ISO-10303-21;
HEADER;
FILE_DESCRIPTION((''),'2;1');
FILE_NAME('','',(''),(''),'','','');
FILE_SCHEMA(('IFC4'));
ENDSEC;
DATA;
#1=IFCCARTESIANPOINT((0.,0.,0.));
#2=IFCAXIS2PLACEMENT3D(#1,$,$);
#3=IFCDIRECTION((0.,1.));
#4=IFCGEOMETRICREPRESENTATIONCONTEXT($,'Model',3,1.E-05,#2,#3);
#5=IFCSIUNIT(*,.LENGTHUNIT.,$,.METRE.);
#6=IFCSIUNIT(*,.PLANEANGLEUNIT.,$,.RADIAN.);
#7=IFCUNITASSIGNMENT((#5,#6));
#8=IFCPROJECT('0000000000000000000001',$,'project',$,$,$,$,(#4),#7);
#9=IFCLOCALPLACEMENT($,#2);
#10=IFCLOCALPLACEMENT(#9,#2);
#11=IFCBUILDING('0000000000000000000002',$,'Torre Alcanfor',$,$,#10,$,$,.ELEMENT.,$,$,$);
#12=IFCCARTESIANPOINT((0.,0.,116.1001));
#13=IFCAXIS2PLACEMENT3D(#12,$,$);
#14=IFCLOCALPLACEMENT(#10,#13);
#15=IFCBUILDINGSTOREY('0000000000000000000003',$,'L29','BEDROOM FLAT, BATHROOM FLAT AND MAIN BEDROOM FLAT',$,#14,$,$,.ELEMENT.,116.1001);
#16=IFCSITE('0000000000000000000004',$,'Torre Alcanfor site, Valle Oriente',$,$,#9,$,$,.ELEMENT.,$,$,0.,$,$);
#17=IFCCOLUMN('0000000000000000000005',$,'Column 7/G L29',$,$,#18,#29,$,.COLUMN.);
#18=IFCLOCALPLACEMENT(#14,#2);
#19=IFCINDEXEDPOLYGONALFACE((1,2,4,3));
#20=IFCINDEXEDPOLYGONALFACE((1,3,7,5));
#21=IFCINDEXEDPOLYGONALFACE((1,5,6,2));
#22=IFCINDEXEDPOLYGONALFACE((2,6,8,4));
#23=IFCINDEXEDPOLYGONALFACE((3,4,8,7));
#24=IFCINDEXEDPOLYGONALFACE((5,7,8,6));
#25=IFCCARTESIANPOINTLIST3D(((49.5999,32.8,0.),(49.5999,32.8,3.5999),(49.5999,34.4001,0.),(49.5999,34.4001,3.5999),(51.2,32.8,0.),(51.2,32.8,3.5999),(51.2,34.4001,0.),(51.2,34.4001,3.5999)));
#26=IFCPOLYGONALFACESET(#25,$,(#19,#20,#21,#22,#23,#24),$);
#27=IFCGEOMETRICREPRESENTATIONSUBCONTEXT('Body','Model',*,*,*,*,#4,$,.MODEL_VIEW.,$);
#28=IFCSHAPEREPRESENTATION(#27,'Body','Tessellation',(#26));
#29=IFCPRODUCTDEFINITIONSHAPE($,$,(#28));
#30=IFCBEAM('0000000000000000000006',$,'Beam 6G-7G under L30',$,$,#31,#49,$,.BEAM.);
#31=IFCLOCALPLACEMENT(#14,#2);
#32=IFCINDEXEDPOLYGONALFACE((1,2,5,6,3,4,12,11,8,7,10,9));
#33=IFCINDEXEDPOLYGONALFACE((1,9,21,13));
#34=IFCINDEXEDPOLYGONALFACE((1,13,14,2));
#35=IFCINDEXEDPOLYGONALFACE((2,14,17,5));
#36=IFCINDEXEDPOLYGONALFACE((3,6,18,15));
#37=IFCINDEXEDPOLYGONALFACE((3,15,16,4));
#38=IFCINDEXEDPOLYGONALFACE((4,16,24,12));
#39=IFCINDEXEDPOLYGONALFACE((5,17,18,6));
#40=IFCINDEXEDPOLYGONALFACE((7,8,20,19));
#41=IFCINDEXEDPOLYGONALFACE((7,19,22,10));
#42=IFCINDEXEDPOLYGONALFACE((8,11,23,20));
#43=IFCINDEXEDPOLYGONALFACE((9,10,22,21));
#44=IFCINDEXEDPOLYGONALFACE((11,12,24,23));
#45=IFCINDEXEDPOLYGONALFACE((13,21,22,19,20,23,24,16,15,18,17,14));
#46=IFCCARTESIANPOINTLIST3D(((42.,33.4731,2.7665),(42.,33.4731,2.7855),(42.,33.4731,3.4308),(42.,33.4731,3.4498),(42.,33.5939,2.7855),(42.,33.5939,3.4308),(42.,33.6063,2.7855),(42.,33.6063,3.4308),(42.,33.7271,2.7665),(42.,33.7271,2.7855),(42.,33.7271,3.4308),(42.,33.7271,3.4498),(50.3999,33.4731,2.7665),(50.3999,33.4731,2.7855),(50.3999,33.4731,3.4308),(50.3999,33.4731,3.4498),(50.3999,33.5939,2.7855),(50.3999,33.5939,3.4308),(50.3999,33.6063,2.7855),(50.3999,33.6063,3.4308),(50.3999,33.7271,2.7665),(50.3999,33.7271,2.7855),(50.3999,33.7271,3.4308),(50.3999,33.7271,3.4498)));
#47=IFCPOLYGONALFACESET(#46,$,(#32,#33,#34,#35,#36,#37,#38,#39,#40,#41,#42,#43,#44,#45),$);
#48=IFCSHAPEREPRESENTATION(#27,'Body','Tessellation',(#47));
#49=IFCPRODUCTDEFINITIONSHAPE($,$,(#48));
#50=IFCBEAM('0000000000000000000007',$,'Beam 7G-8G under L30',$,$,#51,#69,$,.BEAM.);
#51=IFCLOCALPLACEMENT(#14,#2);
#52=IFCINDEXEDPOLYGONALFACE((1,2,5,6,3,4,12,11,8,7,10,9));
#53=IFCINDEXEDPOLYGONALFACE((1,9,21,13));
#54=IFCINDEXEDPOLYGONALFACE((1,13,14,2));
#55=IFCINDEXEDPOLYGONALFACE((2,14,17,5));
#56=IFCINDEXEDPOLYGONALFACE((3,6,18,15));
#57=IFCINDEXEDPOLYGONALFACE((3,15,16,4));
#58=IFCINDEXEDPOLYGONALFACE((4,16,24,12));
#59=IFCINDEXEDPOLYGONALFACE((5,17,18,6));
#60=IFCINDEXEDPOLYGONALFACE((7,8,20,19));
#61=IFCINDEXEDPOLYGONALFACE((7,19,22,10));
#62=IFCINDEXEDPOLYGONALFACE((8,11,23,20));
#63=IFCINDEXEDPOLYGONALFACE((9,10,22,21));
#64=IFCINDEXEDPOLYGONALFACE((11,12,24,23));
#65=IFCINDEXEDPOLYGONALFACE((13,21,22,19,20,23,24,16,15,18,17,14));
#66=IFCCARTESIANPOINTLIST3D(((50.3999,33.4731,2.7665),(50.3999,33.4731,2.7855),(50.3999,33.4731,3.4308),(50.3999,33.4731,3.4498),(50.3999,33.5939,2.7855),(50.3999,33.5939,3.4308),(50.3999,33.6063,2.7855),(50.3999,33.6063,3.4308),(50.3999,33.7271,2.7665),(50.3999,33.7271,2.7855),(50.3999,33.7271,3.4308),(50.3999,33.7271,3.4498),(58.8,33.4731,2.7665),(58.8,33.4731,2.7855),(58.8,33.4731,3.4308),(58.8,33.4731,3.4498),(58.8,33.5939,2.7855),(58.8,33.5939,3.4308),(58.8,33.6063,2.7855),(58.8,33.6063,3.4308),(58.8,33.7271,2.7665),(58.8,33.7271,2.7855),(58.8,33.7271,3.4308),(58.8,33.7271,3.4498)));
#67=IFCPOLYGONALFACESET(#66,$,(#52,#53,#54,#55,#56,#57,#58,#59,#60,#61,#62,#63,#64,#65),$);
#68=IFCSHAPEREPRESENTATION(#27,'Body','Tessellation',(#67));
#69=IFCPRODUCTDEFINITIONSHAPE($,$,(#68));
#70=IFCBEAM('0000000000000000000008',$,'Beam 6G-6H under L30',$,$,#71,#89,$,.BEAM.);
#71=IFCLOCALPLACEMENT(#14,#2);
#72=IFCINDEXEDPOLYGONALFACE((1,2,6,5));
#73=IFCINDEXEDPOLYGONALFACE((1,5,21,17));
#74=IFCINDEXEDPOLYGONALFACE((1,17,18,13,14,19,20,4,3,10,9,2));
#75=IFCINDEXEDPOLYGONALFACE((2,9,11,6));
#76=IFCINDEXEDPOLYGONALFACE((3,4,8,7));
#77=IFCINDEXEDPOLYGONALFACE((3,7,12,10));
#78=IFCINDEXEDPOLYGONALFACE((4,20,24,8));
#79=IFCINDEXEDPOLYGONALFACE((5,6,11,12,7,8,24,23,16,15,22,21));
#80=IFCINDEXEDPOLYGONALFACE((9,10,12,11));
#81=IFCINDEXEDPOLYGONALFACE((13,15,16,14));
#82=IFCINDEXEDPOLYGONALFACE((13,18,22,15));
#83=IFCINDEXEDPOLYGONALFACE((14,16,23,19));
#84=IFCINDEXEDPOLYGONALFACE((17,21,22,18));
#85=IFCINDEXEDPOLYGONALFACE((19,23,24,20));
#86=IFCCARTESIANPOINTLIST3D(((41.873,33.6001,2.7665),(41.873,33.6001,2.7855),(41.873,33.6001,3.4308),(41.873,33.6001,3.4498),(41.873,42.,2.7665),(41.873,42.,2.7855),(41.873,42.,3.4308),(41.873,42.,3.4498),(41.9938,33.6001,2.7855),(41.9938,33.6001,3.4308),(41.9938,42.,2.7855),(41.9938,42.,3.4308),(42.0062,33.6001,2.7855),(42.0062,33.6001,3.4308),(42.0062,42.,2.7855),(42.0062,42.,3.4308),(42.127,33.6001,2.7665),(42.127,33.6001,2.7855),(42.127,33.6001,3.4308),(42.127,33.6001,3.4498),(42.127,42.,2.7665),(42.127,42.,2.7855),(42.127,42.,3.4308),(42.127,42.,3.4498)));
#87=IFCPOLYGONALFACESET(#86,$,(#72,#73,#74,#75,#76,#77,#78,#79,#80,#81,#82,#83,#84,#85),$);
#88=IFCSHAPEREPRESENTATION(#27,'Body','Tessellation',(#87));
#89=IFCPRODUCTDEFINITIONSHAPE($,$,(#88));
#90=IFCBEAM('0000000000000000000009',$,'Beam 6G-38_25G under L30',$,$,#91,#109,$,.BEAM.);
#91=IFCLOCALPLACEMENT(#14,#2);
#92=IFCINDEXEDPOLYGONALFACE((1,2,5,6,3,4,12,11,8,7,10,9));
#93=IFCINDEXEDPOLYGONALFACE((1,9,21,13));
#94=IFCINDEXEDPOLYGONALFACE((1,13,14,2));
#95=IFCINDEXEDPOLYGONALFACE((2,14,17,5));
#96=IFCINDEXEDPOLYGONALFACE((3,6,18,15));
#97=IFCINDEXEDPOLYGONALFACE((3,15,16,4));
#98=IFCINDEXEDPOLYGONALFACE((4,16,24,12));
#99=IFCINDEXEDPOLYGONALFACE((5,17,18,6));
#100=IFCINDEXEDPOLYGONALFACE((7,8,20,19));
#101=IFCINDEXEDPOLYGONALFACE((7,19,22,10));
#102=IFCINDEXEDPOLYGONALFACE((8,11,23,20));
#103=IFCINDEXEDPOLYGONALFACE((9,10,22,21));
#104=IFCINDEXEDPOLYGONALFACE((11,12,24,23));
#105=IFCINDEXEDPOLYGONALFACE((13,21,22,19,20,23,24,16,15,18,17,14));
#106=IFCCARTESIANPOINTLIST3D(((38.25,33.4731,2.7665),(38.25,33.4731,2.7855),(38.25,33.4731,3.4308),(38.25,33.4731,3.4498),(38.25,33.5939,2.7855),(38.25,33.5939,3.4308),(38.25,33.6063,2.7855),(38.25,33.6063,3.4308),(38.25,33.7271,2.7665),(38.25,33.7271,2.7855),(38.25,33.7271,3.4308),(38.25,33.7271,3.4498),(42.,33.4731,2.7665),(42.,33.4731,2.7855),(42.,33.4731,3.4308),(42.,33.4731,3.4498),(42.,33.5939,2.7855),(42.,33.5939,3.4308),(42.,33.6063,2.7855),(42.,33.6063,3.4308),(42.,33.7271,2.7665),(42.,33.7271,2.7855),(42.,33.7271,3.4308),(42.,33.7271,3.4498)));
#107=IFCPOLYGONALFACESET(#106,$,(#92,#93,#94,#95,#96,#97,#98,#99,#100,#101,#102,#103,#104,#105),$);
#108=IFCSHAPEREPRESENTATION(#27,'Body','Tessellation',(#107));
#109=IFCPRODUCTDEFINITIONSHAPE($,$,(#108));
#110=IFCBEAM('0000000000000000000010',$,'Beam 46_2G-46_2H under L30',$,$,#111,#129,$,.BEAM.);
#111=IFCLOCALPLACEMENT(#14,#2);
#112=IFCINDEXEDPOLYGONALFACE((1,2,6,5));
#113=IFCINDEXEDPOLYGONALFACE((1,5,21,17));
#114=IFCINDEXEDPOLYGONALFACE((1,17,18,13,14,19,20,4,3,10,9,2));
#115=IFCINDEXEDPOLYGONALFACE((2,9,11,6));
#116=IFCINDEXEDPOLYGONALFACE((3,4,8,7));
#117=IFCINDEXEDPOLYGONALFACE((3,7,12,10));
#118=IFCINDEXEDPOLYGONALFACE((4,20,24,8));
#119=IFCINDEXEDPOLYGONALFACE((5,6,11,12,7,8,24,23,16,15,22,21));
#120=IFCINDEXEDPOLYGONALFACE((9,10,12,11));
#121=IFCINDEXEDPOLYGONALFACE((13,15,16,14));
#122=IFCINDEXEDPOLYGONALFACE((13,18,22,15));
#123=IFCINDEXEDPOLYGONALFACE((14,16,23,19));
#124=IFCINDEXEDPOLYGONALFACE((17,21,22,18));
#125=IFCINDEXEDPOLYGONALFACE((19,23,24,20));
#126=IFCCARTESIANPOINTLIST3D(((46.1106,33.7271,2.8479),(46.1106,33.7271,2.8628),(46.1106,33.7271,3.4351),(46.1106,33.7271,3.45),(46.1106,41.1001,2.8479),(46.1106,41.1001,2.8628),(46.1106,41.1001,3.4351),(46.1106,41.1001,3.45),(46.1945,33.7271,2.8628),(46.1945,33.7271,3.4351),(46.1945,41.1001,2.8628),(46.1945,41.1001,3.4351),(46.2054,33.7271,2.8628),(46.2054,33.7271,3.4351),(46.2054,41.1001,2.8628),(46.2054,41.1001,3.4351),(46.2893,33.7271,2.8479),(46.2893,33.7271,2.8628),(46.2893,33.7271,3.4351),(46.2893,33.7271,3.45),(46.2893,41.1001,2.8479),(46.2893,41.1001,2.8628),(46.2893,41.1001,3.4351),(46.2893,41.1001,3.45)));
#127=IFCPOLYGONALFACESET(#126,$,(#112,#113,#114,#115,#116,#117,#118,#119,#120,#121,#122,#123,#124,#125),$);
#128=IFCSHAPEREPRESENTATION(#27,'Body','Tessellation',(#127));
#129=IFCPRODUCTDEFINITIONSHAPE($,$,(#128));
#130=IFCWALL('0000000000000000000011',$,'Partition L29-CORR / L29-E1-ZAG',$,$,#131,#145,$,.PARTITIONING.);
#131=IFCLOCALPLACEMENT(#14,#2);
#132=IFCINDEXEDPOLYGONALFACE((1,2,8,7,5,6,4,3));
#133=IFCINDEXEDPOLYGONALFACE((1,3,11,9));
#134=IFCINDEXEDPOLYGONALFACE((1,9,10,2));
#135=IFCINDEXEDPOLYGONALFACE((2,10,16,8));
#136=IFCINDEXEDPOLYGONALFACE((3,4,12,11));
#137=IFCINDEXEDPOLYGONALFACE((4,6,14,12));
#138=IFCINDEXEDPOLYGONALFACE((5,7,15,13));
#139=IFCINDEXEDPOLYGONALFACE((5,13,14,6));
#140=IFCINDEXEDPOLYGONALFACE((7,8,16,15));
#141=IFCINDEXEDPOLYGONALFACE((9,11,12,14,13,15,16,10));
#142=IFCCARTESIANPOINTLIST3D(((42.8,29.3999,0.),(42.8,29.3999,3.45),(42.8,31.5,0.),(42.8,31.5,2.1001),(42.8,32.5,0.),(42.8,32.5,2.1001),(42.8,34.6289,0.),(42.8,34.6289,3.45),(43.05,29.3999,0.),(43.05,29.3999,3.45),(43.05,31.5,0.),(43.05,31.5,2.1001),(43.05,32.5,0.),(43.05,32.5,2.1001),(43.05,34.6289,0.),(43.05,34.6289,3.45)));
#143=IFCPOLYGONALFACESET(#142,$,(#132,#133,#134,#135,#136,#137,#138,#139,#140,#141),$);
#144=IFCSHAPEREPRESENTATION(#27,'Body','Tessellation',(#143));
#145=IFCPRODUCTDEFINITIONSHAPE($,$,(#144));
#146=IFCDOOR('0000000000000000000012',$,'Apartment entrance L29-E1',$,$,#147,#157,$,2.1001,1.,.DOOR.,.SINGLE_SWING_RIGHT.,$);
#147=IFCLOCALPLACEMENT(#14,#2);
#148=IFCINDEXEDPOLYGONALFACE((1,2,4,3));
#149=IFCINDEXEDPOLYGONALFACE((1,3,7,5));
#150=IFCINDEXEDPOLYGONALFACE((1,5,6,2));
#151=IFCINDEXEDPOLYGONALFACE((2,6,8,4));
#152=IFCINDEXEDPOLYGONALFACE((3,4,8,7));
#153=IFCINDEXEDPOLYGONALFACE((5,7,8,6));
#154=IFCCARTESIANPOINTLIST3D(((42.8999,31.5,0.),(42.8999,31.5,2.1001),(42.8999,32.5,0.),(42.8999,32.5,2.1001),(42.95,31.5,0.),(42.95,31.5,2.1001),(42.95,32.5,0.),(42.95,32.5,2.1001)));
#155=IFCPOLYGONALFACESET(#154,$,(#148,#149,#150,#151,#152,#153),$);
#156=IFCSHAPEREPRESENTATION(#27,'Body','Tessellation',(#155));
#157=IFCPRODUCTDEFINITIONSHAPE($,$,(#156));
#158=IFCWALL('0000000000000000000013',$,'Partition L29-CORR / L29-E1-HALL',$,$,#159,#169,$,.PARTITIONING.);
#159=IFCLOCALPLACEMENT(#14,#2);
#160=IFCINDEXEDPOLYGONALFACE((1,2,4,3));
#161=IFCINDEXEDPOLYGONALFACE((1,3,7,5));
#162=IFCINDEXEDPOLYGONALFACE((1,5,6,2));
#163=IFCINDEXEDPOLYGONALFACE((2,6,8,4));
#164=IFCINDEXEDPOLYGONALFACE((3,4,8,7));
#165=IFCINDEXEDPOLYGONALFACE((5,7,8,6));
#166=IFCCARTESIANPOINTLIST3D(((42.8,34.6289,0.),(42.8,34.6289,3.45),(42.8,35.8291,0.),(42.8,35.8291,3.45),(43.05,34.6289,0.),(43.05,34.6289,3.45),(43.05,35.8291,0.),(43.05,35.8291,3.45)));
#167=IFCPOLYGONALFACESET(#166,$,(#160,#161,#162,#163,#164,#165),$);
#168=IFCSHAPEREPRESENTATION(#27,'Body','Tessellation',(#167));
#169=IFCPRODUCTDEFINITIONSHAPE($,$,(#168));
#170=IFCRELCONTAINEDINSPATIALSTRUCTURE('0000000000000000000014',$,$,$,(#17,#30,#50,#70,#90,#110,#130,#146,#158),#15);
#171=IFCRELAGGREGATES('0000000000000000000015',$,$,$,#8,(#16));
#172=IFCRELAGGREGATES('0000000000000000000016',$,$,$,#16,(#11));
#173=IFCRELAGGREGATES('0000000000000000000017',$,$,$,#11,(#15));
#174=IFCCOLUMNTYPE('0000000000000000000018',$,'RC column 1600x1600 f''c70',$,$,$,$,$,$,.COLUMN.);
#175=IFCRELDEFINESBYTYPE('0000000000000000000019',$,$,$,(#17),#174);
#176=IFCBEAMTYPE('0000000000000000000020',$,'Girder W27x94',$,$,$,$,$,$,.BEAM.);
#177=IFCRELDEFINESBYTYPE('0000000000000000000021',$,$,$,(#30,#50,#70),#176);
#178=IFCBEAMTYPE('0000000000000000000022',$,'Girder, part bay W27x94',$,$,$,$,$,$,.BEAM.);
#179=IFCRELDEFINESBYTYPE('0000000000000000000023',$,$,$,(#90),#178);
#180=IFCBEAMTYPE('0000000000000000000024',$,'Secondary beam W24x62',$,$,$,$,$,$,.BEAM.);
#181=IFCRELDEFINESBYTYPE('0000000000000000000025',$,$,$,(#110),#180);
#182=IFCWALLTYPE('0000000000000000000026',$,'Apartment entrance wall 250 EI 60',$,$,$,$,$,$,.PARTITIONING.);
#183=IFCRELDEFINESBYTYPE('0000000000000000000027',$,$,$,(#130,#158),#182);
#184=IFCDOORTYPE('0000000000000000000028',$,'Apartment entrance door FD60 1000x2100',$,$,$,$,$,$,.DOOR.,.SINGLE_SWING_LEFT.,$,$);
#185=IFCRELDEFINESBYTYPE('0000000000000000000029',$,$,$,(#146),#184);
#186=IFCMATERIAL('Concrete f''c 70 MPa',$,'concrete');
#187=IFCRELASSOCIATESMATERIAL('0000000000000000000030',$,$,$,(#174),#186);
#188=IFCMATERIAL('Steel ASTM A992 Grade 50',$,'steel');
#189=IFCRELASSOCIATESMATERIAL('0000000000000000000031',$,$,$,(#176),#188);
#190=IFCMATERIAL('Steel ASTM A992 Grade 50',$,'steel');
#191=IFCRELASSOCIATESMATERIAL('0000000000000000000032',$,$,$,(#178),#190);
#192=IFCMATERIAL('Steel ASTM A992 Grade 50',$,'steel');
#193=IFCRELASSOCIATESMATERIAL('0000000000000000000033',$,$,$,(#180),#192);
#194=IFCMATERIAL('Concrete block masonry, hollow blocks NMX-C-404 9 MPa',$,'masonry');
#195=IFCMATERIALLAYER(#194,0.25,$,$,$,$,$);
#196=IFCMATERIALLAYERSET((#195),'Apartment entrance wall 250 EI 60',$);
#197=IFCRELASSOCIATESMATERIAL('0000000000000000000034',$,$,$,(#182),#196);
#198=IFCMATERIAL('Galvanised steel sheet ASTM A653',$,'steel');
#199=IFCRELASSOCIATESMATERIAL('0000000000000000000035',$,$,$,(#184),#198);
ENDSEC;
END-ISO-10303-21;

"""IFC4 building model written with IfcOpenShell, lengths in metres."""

from ifc_helpers import new_model, si_unit, direction, frame, frame_2d, origin, origin_2d, place, context, subcontext, project, spatial, rectangle, i_section, extrude, material, layer, layer_set, material_profile, profile_set, type_object, element, fill, save


model = new_model("IFC4")

# Units and contexts
model_context = context("Model", 3, precision=1e-05, world=origin(), true_north=direction((0.0, 1.0)))
body_context = subcontext(model_context, "Body", "Model", "MODEL_VIEW")
ifc_project = project(units=[si_unit("LENGTHUNIT", "METRE"), si_unit("PLANEANGLEUNIT", "RADIAN")], contexts=[model_context])

# Site, building, storey
site_placement = place(None, origin())
site = spatial("IfcSite", under=ifc_project, at=site_placement, Name="Torre Alcanfor site, Valle Oriente", CompositionType="ELEMENT", RefElevation=0.0)
building_placement = place(site_placement, origin())
building = spatial("IfcBuilding", under=site, at=building_placement, Name="Torre Alcanfor", CompositionType="ELEMENT")
storey_placement = place(building_placement, frame((0.0, 0.0, 116.1001)))
storey = spatial("IfcBuildingStorey", under=building, at=storey_placement, Name="L29", Description="BEDROOM FLAT, BATHROOM FLAT AND MAIN BEDROOM FLAT", CompositionType="ELEMENT", Elevation=116.1001)

# Column
ifc_material_1 = material(Name="Concrete f'c 70 MPa", Category="concrete")
ifc_material_profile_1 = material_profile(ifc_material_1, rectangle(XDim=1.6001, YDim=1.6001, at=origin_2d()), Name="1600x1600")
ifc_profile_set_1 = profile_set([ifc_material_profile_1], Name="Concrete f'c 70 MPa")
column_type = type_object("IfcColumnType", Name="RC column 1600x1600 f'c70", PredefinedType="COLUMN", material=ifc_profile_set_1)
column_placement = place(storey_placement, frame((50.3999, 33.6001, 0.0), z_axis=(0.0, 0.0, 1.0), x_axis=(1.0, 0.0, 0.0)))
element("IfcColumn", 1, at=column_placement, inside=storey, type_object=column_type, Name="Column 7/G L29", PredefinedType="COLUMN", context=body_context, shape_type="SweptSolid", body=[
    extrude(rectangle(XDim=1.6001, YDim=1.6001, at=origin_2d()), origin(), (0.0, 0.0, 1.0), 3.5999),
])

# Beams
ifc_material_2 = material(Name="Steel ASTM A992 Grade 50", Category="steel")
ifc_material_profile_2 = material_profile(ifc_material_2, i_section(OverallWidth=0.2539, OverallDepth=0.6833, WebThickness=0.0125, FlangeThickness=0.019, at=origin_2d()), Name="W27x94")
ifc_profile_set_2 = profile_set([ifc_material_profile_2], Name="Steel ASTM A992 Grade 50")
beam_type_1 = type_object("IfcBeamType", Name="Girder W27x94", PredefinedType="BEAM", material=ifc_profile_set_2)
beam_1_placement = place(storey_placement, frame((42.0, 33.6001, 3.1082), z_axis=(1.0, 0.0, 0.0), x_axis=(0.0, 1.0, 0.0)))
element("IfcBeam", 2, at=beam_1_placement, inside=storey, type_object=beam_type_1, Name="Beam 6G-7G under L30", PredefinedType="BEAM", context=body_context, shape_type="SweptSolid", body=[
    extrude(i_section(OverallWidth=0.2539, OverallDepth=0.6833, WebThickness=0.0125, FlangeThickness=0.019, at=origin_2d()), origin(), (0.0, 0.0, 1.0), 8.3999),
])
beam_2_placement = place(storey_placement, frame((50.3999, 33.6001, 3.1082), z_axis=(1.0, 0.0, 0.0), x_axis=(0.0, 1.0, 0.0)))
element("IfcBeam", 3, at=beam_2_placement, inside=storey, type_object=beam_type_1, Name="Beam 7G-8G under L30", PredefinedType="BEAM", context=body_context, shape_type="SweptSolid", body=[
    extrude(i_section(OverallWidth=0.2539, OverallDepth=0.6833, WebThickness=0.0125, FlangeThickness=0.019, at=origin_2d()), origin(), (0.0, 0.0, 1.0), 8.4001),
])
beam_3_placement = place(storey_placement, frame((42.0, 33.6001, 3.1082), z_axis=(0.0, 1.0, 0.0), x_axis=(-1.0, 0.0, 0.0)))
element("IfcBeam", 4, at=beam_3_placement, inside=storey, type_object=beam_type_1, Name="Beam 6G-6H under L30", PredefinedType="BEAM", context=body_context, shape_type="SweptSolid", body=[
    extrude(i_section(OverallWidth=0.2539, OverallDepth=0.6833, WebThickness=0.0125, FlangeThickness=0.019, at=origin_2d()), origin(), (0.0, 0.0, 1.0), 8.3999),
])
ifc_material_3 = material(Name="Steel ASTM A992 Grade 50", Category="steel")
ifc_material_profile_3 = material_profile(ifc_material_3, i_section(OverallWidth=0.2539, OverallDepth=0.6833, WebThickness=0.0125, FlangeThickness=0.019, at=origin_2d()), Name="W27x94")
ifc_profile_set_3 = profile_set([ifc_material_profile_3], Name="Steel ASTM A992 Grade 50")
beam_type_2 = type_object("IfcBeamType", Name="Girder, part bay W27x94", PredefinedType="BEAM", material=ifc_profile_set_3)
beam_4_placement = place(storey_placement, frame((42.0, 33.6001, 3.1082), z_axis=(-1.0, 0.0, 0.0), x_axis=(0.0, -1.0, 0.0)))
element("IfcBeam", 5, at=beam_4_placement, inside=storey, type_object=beam_type_2, Name="Beam 6G-38_25G under L30", PredefinedType="BEAM", context=body_context, shape_type="SweptSolid", body=[
    extrude(i_section(OverallWidth=0.2539, OverallDepth=0.6833, WebThickness=0.0125, FlangeThickness=0.019, at=origin_2d()), origin(), (0.0, 0.0, 1.0), 3.75),
])
ifc_material_4 = material(Name="Steel ASTM A992 Grade 50", Category="steel")
ifc_material_profile_4 = material_profile(ifc_material_4, i_section(OverallWidth=0.1787, OverallDepth=0.6021, WebThickness=0.011, FlangeThickness=0.0149, at=origin_2d()), Name="W24x62")
ifc_profile_set_4 = profile_set([ifc_material_profile_4], Name="Steel ASTM A992 Grade 50")
beam_type_3 = type_object("IfcBeamType", Name="Secondary beam W24x62", PredefinedType="BEAM", material=ifc_profile_set_4)
beam_5_placement = place(storey_placement, frame((46.2, 33.7271, 3.1489), z_axis=(0.0, 1.0, 0.0), x_axis=(-1.0, 0.0, 0.0)))
element("IfcBeam", 6, at=beam_5_placement, inside=storey, type_object=beam_type_3, Name="Beam 46_2G-46_2H under L30", PredefinedType="BEAM", context=body_context, shape_type="SweptSolid", body=[
    extrude(i_section(OverallWidth=0.1787, OverallDepth=0.6021, WebThickness=0.011, FlangeThickness=0.0149, at=origin_2d()), origin(), (0.0, 0.0, 1.0), 7.373),
])

# Wall, opening, door
ifc_material_5 = material(Name="Concrete block masonry, hollow blocks NMX-C-404 9 MPa", Category="masonry")
ifc_layer_1 = layer(ifc_material_5, 0.25)
ifc_layer_set_1 = layer_set([ifc_layer_1], Name="Apartment entrance wall 250 EI 60")
wall_type_1 = type_object("IfcWallType", Name="Apartment entrance wall 250 EI 60", PredefinedType="PARTITIONING", material=ifc_layer_set_1)
wall_1_placement = place(storey_placement, frame((42.925, 34.6289, 0.0), z_axis=(0.0, 0.0, 1.0), x_axis=(0.0, -1.0, 0.0)))
wall_1 = element("IfcWall", 7, at=wall_1_placement, inside=storey, type_object=wall_type_1, Name="Partition L29-CORR / L29-E1-ZAG", PredefinedType="PARTITIONING", context=body_context, shape_type="SweptSolid", body=[
    extrude(rectangle(XDim=5.229, YDim=0.25, at=frame_2d((2.6145, 0.0))), origin(), (0.0, 0.0, 1.0), 3.45),
])
opening_1_placement = place(wall_1_placement, frame((2.1289, 0.0, 0.0)))
opening_1 = element("IfcOpeningElement", 8, at=opening_1_placement, cuts=wall_1, PredefinedType="OPENING", context=body_context, shape_type="SweptSolid", body=[
    extrude(rectangle(XDim=1.0, YDim=2.1001, at=frame_2d((0.5, 1.05))), frame((0.0, 0.135, 0.0), z_axis=(0.0, -1.0, 0.0), x_axis=(1.0, 0.0, 0.0)), (0.0, 0.0, 1.0), 0.27),
])
ifc_material_6 = material(Name="Galvanised steel sheet ASTM A653", Category="steel")
door_type_1 = type_object("IfcDoorType", Name="Apartment entrance door FD60 1000x2100", OperationType="SINGLE_SWING_LEFT", PredefinedType="DOOR", material=ifc_material_6)
door_1_placement = place(opening_1_placement, origin())
door_1 = element("IfcDoor", 9, at=door_1_placement, inside=storey, type_object=door_type_1, Name="Apartment entrance L29-E1", OperationType="SINGLE_SWING_RIGHT", OverallHeight=2.1001, OverallWidth=1.0, PredefinedType="DOOR", context=body_context, shape_type="SweptSolid", body=[
    extrude(rectangle(XDim=1.0, YDim=2.1001, at=frame_2d((0.5, 1.05))), frame((0.0, 0.0249, 0.0), z_axis=(0.0, -1.0, 0.0), x_axis=(1.0, 0.0, 0.0)), (0.0, 0.0, 1.0), 0.05),
])
fill(opening_1, door_1)

# Wall
wall_2_placement = place(storey_placement, frame((42.925, 35.8291, 0.0), z_axis=(0.0, 0.0, 1.0), x_axis=(0.0, -1.0, 0.0)))
element("IfcWall", 10, at=wall_2_placement, inside=storey, type_object=wall_type_1, Name="Partition L29-CORR / L29-E1-HALL", PredefinedType="PARTITIONING", context=body_context, shape_type="SweptSolid", body=[
    extrude(rectangle(XDim=1.2002, YDim=0.25, at=frame_2d((0.6001, 0.0))), origin(), (0.0, 0.0, 1.0), 3.45),
])

save(model, "model.ifc")
